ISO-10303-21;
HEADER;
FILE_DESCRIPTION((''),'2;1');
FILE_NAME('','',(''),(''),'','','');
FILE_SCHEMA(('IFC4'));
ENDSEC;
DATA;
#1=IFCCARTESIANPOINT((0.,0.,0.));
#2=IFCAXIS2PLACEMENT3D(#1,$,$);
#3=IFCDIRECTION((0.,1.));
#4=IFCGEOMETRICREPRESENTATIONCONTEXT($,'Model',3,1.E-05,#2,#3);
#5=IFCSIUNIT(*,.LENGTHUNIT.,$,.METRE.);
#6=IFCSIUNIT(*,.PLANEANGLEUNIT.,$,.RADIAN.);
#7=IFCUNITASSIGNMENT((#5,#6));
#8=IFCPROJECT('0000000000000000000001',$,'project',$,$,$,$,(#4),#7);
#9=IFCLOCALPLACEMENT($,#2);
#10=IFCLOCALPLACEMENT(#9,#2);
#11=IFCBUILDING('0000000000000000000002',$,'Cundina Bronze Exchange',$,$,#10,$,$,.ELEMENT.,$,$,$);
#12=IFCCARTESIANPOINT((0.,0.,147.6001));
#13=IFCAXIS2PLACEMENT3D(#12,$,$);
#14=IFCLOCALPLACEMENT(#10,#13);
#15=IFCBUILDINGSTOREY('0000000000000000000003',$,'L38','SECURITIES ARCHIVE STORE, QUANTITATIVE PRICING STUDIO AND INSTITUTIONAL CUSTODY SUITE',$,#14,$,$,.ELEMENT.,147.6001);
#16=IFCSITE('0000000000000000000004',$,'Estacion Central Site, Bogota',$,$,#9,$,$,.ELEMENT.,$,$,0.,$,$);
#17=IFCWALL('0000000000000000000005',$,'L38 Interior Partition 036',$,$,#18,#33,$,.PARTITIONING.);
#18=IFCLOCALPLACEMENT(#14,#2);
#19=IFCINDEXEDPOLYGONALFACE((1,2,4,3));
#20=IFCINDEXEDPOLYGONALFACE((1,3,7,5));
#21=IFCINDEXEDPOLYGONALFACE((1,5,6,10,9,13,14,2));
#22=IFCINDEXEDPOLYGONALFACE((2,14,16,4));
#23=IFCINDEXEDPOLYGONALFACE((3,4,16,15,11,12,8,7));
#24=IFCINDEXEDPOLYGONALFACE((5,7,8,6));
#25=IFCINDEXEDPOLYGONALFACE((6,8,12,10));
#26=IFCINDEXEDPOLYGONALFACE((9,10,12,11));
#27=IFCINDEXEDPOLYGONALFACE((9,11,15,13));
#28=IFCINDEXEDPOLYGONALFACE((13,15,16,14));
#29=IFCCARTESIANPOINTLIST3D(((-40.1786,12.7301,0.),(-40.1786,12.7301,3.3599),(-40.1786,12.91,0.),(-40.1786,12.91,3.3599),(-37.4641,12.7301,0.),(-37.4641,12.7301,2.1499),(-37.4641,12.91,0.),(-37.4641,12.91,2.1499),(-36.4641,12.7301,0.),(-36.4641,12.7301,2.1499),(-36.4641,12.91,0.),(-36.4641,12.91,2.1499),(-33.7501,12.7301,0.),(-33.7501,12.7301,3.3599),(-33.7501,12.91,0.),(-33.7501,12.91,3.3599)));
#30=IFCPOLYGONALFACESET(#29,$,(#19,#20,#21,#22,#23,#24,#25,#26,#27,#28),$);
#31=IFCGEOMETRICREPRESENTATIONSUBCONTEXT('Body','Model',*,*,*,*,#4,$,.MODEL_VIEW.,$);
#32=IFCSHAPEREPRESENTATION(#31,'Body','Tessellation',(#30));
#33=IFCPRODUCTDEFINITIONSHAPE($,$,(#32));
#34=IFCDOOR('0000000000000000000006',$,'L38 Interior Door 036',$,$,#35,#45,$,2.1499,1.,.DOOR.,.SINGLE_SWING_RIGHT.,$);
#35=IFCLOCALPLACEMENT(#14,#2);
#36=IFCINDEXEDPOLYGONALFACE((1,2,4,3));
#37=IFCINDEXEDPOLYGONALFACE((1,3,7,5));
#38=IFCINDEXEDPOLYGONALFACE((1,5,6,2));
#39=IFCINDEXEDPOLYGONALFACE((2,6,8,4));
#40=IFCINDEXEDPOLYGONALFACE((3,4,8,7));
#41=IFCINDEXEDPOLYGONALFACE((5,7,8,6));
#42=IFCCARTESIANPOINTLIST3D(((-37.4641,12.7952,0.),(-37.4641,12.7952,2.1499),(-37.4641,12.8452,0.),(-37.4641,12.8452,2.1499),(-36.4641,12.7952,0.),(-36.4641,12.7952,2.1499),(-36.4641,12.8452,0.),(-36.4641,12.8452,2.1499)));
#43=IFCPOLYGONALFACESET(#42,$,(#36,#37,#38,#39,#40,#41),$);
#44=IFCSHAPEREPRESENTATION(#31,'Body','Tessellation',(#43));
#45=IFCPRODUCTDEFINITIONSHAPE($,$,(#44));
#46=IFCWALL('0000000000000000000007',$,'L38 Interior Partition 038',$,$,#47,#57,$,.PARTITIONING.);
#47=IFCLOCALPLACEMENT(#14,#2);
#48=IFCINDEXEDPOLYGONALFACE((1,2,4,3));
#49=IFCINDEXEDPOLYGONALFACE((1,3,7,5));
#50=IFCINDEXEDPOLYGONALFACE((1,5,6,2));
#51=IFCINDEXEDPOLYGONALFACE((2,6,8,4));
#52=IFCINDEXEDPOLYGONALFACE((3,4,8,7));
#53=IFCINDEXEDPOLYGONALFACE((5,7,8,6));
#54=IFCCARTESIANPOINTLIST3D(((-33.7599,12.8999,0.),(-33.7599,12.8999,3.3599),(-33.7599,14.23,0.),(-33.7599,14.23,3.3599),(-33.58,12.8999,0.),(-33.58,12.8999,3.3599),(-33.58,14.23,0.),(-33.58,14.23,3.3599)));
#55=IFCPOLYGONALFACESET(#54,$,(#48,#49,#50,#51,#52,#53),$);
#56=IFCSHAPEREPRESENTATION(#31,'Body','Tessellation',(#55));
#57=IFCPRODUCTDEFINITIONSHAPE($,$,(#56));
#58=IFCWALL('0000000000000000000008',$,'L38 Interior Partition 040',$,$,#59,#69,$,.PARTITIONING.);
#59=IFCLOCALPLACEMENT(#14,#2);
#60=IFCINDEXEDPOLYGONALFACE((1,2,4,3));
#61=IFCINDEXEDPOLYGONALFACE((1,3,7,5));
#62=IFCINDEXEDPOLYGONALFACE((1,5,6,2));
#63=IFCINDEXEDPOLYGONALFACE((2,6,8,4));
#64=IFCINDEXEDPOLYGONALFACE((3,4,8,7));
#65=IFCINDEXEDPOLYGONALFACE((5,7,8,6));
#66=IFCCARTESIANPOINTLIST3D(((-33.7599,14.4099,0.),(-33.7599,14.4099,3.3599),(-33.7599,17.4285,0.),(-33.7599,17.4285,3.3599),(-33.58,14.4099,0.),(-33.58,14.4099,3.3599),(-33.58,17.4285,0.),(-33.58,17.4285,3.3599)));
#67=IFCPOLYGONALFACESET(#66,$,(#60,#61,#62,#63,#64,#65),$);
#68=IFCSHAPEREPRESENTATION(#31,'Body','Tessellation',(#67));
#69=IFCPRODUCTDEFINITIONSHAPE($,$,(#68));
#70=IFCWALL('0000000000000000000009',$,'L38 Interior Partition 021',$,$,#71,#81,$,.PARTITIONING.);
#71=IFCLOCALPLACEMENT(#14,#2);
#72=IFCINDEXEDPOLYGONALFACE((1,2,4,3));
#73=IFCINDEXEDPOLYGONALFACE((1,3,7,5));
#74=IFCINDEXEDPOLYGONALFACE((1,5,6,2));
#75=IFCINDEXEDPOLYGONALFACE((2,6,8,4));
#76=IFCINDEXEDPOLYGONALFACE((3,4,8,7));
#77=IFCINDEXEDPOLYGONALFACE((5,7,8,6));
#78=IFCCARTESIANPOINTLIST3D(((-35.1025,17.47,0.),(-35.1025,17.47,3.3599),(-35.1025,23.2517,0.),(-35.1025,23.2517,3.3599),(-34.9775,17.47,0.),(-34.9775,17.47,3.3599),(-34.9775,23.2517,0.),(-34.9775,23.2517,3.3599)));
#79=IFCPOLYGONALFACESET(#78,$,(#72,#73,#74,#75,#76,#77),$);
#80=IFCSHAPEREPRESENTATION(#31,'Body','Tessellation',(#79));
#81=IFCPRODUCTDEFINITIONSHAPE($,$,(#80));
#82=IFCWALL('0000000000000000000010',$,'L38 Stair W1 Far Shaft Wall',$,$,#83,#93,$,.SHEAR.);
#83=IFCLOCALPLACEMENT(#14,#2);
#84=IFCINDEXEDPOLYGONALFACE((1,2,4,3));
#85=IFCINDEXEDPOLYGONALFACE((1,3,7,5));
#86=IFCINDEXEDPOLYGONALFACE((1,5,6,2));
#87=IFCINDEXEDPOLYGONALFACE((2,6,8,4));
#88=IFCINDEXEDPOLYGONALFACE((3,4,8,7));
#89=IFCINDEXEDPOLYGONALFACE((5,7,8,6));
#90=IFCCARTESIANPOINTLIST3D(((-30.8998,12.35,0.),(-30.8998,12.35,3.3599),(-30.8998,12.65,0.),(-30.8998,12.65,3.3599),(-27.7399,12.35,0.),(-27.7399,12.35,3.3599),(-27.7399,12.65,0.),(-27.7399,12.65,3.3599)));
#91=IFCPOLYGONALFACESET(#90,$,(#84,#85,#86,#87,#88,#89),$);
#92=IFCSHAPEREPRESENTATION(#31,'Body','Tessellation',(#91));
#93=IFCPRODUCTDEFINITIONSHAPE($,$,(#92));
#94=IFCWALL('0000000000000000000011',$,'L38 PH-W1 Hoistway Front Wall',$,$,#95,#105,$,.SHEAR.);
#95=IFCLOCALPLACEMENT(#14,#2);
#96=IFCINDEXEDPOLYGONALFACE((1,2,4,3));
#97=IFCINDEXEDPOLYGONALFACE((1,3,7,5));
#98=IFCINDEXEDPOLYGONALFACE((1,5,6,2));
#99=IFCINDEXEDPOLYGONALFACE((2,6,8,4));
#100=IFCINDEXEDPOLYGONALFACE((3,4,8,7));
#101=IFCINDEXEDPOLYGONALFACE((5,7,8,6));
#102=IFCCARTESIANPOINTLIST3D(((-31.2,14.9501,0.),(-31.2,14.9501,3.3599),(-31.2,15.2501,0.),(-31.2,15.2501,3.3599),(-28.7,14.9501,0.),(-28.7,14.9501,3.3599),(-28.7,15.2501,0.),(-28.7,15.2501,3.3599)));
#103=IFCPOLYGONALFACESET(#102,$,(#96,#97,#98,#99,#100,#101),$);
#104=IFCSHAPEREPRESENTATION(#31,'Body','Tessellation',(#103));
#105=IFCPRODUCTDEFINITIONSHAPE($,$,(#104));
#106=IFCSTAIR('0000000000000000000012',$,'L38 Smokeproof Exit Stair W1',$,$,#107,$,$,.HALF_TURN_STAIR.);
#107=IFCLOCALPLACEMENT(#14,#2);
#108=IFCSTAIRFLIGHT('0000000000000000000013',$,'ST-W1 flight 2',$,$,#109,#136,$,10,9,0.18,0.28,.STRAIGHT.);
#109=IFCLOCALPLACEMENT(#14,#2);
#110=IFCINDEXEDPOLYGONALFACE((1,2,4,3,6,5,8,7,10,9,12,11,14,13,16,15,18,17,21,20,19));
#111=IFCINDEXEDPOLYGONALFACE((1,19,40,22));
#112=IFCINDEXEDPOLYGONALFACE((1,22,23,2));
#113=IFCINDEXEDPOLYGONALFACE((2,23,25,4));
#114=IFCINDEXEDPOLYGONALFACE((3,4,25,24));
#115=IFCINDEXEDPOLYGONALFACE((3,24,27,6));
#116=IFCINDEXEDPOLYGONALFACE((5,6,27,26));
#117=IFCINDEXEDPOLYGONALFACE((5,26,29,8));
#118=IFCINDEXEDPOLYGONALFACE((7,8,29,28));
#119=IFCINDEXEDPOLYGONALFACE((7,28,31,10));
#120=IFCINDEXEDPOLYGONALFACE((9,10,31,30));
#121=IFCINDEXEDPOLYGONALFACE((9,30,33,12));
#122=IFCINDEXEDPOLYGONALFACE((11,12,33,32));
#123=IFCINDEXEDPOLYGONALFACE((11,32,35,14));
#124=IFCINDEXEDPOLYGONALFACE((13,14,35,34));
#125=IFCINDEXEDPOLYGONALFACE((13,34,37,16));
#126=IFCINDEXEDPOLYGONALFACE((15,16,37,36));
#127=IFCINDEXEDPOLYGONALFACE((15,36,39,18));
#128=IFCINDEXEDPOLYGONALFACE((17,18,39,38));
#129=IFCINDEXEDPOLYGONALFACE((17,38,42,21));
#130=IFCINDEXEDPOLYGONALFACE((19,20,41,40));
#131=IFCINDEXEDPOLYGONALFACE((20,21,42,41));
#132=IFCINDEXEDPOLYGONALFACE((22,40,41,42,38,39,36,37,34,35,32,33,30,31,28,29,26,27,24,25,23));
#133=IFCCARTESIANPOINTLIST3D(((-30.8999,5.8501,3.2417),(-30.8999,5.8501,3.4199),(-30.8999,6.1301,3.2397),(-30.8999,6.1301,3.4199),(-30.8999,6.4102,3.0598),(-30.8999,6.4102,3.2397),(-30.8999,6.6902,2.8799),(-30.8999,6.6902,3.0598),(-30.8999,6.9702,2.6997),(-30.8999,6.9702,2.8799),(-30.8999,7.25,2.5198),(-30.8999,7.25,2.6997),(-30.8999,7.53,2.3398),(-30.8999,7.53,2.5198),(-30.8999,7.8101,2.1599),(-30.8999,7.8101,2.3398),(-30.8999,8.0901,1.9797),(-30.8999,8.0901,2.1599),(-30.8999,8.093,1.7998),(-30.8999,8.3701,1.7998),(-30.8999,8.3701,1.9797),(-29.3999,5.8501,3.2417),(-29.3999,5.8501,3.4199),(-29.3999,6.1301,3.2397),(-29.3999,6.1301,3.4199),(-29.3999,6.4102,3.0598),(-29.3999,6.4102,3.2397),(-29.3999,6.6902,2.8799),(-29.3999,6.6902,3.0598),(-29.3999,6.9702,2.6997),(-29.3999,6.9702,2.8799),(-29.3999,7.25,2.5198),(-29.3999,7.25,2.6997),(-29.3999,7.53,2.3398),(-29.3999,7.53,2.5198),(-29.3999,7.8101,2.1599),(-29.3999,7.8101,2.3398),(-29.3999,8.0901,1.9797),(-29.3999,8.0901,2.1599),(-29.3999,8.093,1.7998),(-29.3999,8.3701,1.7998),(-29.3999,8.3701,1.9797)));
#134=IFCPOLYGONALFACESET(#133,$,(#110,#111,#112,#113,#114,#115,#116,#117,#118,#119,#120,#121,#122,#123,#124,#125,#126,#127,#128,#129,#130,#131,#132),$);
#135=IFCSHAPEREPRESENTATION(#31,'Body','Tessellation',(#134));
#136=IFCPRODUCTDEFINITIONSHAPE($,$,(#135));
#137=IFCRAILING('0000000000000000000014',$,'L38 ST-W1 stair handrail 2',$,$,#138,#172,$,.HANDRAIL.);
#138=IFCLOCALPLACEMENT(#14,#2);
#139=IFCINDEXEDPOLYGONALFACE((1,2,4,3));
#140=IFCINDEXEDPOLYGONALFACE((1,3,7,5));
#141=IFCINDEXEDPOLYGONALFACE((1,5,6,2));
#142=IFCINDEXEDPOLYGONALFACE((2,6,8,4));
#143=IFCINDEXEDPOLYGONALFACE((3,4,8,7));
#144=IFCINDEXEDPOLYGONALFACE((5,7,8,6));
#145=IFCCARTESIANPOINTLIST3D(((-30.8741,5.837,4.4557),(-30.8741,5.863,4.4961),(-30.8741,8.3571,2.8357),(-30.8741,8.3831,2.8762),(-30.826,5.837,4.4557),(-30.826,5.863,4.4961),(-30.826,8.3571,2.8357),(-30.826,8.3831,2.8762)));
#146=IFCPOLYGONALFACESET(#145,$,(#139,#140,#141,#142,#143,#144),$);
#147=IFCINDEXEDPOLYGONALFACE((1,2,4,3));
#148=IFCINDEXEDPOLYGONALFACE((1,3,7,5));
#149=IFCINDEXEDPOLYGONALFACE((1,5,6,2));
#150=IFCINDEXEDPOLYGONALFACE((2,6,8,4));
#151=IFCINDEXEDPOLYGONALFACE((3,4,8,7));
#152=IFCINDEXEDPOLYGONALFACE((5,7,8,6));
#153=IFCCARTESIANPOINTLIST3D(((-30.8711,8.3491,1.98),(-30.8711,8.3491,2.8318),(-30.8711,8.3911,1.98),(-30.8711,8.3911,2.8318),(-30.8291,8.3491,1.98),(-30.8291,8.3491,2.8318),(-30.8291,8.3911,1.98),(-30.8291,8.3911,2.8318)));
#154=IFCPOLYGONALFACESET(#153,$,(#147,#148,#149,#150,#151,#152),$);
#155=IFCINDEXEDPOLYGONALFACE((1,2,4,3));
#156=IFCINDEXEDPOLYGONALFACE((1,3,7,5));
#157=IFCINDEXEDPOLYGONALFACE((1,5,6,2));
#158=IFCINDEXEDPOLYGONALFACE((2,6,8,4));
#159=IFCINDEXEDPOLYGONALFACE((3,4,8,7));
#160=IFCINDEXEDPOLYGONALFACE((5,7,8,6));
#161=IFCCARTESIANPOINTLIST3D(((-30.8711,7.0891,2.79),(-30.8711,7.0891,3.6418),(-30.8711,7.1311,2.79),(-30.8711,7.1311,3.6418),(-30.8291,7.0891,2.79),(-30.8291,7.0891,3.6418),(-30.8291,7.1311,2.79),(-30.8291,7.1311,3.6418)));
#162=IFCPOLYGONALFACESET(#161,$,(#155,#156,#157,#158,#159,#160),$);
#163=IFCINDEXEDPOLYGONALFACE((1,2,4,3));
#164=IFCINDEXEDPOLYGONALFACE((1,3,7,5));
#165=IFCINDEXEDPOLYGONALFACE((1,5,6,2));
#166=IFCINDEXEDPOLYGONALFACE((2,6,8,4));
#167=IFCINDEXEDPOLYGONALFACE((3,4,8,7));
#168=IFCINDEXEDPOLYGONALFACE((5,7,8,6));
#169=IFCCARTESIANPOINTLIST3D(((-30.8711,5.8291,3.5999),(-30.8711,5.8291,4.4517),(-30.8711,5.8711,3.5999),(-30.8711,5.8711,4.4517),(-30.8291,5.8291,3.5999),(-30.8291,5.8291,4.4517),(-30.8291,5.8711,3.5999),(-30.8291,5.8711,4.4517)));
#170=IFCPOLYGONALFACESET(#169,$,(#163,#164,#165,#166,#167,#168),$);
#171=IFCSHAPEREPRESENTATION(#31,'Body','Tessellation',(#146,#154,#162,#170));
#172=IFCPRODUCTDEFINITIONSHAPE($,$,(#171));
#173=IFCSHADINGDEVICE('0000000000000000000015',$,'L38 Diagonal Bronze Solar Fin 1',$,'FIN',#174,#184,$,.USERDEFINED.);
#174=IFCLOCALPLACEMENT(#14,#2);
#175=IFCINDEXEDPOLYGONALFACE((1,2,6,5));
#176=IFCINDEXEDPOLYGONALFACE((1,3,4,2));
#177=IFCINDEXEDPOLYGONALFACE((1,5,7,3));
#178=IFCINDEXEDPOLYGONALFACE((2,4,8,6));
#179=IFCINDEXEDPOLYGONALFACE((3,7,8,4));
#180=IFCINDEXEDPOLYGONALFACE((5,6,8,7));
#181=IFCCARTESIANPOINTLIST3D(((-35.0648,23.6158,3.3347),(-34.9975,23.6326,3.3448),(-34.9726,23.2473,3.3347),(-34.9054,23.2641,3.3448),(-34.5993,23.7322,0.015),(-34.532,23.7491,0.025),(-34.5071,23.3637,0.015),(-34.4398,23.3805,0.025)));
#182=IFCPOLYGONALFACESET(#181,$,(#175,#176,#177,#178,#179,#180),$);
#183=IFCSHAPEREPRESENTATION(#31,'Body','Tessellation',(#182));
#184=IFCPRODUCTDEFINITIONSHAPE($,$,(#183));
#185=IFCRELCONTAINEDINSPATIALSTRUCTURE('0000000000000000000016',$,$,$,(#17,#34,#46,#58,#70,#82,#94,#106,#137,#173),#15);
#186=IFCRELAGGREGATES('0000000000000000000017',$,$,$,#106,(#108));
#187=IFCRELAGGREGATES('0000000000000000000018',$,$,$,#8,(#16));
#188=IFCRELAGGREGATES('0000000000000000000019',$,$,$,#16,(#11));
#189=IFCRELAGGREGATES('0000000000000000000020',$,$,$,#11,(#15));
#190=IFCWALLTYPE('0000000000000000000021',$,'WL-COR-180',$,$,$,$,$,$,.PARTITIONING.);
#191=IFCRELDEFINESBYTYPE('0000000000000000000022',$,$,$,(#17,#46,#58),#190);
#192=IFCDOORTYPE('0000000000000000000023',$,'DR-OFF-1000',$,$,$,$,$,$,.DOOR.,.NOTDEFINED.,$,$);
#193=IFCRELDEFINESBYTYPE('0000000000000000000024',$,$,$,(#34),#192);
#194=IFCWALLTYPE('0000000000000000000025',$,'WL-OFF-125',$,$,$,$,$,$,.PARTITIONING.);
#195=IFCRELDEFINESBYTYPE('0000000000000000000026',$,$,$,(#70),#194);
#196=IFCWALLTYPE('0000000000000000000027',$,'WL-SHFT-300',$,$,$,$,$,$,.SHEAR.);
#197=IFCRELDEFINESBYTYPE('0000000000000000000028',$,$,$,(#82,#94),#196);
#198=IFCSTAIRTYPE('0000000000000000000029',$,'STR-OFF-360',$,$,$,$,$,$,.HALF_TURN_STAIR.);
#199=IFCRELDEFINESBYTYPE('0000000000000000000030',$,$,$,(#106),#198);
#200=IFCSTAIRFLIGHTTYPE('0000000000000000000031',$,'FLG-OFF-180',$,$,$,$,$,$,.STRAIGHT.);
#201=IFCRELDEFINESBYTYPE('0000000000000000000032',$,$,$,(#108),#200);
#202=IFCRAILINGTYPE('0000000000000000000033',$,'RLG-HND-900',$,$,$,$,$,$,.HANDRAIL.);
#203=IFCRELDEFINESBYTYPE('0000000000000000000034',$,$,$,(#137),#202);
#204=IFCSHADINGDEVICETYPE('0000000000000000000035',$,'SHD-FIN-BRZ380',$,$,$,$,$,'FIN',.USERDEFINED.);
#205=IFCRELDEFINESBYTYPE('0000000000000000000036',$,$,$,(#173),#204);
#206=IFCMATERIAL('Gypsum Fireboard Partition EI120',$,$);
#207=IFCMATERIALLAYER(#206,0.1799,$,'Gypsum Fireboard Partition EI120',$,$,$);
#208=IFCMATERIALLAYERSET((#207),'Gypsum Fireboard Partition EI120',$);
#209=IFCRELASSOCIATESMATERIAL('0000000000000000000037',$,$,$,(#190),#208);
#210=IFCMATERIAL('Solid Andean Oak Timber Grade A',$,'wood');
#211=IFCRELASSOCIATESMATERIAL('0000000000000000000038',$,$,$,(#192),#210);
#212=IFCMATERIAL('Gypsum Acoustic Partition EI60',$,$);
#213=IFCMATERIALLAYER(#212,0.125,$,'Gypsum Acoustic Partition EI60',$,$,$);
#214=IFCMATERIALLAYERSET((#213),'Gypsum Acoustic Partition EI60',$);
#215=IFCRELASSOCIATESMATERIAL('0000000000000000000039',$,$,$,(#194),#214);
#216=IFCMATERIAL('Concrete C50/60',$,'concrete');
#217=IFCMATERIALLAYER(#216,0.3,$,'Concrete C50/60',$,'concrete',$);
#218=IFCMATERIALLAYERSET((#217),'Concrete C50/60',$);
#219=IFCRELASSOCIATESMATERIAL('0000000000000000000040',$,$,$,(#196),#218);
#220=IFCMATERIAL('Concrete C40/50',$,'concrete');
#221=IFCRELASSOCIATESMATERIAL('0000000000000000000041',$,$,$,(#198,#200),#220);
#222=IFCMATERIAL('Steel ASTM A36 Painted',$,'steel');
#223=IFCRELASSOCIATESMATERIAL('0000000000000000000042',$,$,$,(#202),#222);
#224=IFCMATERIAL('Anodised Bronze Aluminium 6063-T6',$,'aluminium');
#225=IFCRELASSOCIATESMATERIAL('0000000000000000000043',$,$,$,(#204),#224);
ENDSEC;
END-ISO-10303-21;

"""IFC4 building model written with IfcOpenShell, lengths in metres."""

from ifc_helpers import new_model, si_unit, direction, frame, frame_2d, origin, origin_2d, place, context, subcontext, project, spatial, polyline, rectangle, outline, extrude, material, layer, layer_set, material_profile, profile_set, type_object, element, fill, aggregate, save


model = new_model("IFC4")

# Units and contexts
model_context = context("Model", 3, precision=1e-05, world=origin(), true_north=direction((0.0, 1.0)))
body_context = subcontext(model_context, "Body", "Model", "MODEL_VIEW")
ifc_project = project(units=[si_unit("LENGTHUNIT", "METRE"), si_unit("PLANEANGLEUNIT", "RADIAN")], contexts=[model_context])

# Site, building, storey
site_placement = place(None, origin())
site = spatial("IfcSite", under=ifc_project, at=site_placement, Name="Estacion Central Site, Bogota", CompositionType="ELEMENT", RefElevation=0.0)
building_placement = place(site_placement, origin())
building = spatial("IfcBuilding", under=site, at=building_placement, Name="Cundina Bronze Exchange", CompositionType="ELEMENT")
storey_placement = place(building_placement, frame((0.0, 0.0, 147.6001)))
storey = spatial("IfcBuildingStorey", under=building, at=storey_placement, Name="L38", Description="SECURITIES ARCHIVE STORE, QUANTITATIVE PRICING STUDIO AND INSTITUTIONAL CUSTODY SUITE", CompositionType="ELEMENT", Elevation=147.6001)

# Shared definitions
ifc_material_1 = material(Name="Concrete C50/60", Category="concrete")

# Shared definitions
ifc_material_2 = material(Name="Anodised Bronze Aluminium 6063-T6", Category="aluminium")

# Shared definitions
ifc_material_3 = material(Name="Gypsum Fireboard Partition EI120")
ifc_layer_1 = layer(ifc_material_3, 0.1799, Name="Gypsum Fireboard Partition EI120")
ifc_layer_set_1 = layer_set([ifc_layer_1], Name="Gypsum Fireboard Partition EI120")
wall_type_1 = type_object("IfcWallType", Name="WL-COR-180", PredefinedType="PARTITIONING", material=ifc_layer_set_1)
ifc_material_4 = material(Name="Solid Andean Oak Timber Grade A", Category="wood")
door_type_1 = type_object("IfcDoorType", Name="DR-OFF-1000", OperationType="NOTDEFINED", PredefinedType="DOOR", material=ifc_material_4)

# Wall, opening, door
wall_1_placement = place(storey_placement, frame((-33.75, 12.8201, 0.0), z_axis=(0.0, 0.0, 1.0), x_axis=(-1.0, 0.0, 0.0)))
wall_1 = element("IfcWall", 1, at=wall_1_placement, inside=storey, type_object=wall_type_1, Name="L38 Interior Partition 036", PredefinedType="PARTITIONING", context=body_context, shape_type="SweptSolid", body=[
    extrude(rectangle(XDim=6.4285, YDim=0.1799, at=frame_2d((3.2144, 0.0))), origin(), (0.0, 0.0, 1.0), 3.3599),
])
opening_1_placement = place(wall_1_placement, frame((2.7141, 0.0, 0.0)))
opening_1 = element("IfcOpeningElement", 2, at=opening_1_placement, cuts=wall_1, PredefinedType="OPENING", context=body_context, shape_type="SweptSolid", body=[
    extrude(rectangle(XDim=1.0, YDim=2.1499, at=frame_2d((0.5, 1.075))), frame((0.0, 0.0999, 0.0), z_axis=(0.0, -1.0, 0.0), x_axis=(1.0, 0.0, 0.0)), (0.0, 0.0, 1.0), 0.2),
])
door_1_placement = place(opening_1_placement, origin())
door_1 = element("IfcDoor", 3, at=door_1_placement, inside=storey, type_object=door_type_1, Name="L38 Interior Door 036", OperationType="SINGLE_SWING_RIGHT", OverallHeight=2.1499, OverallWidth=1.0, PredefinedType="DOOR", context=body_context, shape_type="SweptSolid", body=[
    extrude(rectangle(XDim=1.0, YDim=2.1499, at=frame_2d((0.5, 1.075))), frame((0.0, 0.0249, 0.0), z_axis=(0.0, -1.0, 0.0), x_axis=(1.0, 0.0, 0.0)), (0.0, 0.0, 1.0), 0.05),
])
fill(opening_1, door_1)

# Walls
wall_2_placement = place(storey_placement, frame((-33.6699, 14.23, 0.0), z_axis=(0.0, 0.0, 1.0), x_axis=(0.0, -1.0, 0.0)))
element("IfcWall", 4, at=wall_2_placement, inside=storey, type_object=wall_type_1, Name="L38 Interior Partition 038", PredefinedType="PARTITIONING", context=body_context, shape_type="SweptSolid", body=[
    extrude(rectangle(XDim=1.3301, YDim=0.1799, at=frame_2d((0.665, 0.0))), origin(), (0.0, 0.0, 1.0), 3.3599),
])
wall_3_placement = place(storey_placement, frame((-33.6699, 17.4285, 0.0), z_axis=(0.0, 0.0, 1.0), x_axis=(0.0, -1.0, 0.0)))
element("IfcWall", 5, at=wall_3_placement, inside=storey, type_object=wall_type_1, Name="L38 Interior Partition 040", PredefinedType="PARTITIONING", context=body_context, shape_type="SweptSolid", body=[
    extrude(rectangle(XDim=3.0186, YDim=0.1799, at=frame_2d((1.5093, 0.0))), origin(), (0.0, 0.0, 1.0), 3.3599),
])
ifc_material_5 = material(Name="Gypsum Acoustic Partition EI60")
ifc_layer_2 = layer(ifc_material_5, 0.125, Name="Gypsum Acoustic Partition EI60")
ifc_layer_set_2 = layer_set([ifc_layer_2], Name="Gypsum Acoustic Partition EI60")
wall_type_2 = type_object("IfcWallType", Name="WL-OFF-125", PredefinedType="PARTITIONING", material=ifc_layer_set_2)
wall_4_placement = place(storey_placement, frame((-35.04, 17.47, 0.0), z_axis=(0.0, 0.0, 1.0), x_axis=(0.0, 1.0, 0.0)))
element("IfcWall", 6, at=wall_4_placement, inside=storey, type_object=wall_type_2, Name="L38 Interior Partition 021", PredefinedType="PARTITIONING", context=body_context, shape_type="SweptSolid", body=[
    extrude(rectangle(XDim=5.7817, YDim=0.125, at=frame_2d((2.8909, 0.0))), origin(), (0.0, 0.0, 1.0), 3.3599),
])

# Shared definitions
ifc_layer_3 = layer(ifc_material_1, 0.3, Name="Concrete C50/60", Category="concrete")
ifc_layer_set_3 = layer_set([ifc_layer_3], Name="Concrete C50/60")
wall_type_3 = type_object("IfcWallType", Name="WL-SHFT-300", PredefinedType="SHEAR", material=ifc_layer_set_3)
ifc_material_6 = material(Name="Steel ASTM A36 Painted", Category="steel")

# Walls
wall_5_placement = place(storey_placement, frame((-30.8999, 12.5, 0.0), z_axis=(0.0, 0.0, 1.0), x_axis=(1.0, 0.0, 0.0)))
element("IfcWall", 7, at=wall_5_placement, inside=storey, type_object=wall_type_3, Name="L38 Stair W1 Far Shaft Wall", PredefinedType="SHEAR", context=body_context, shape_type="SweptSolid", body=[
    extrude(rectangle(XDim=3.1599, YDim=0.3, at=frame_2d((1.5801, 0.0))), origin(), (0.0, 0.0, 1.0), 3.3599),
])
wall_6_placement = place(storey_placement, frame((-31.2, 15.1001, 0.0), z_axis=(0.0, 0.0, 1.0), x_axis=(1.0, 0.0, 0.0)))
element("IfcWall", 8, at=wall_6_placement, inside=storey, type_object=wall_type_3, Name="L38 PH-W1 Hoistway Front Wall", PredefinedType="SHEAR", context=body_context, shape_type="SweptSolid", body=[
    extrude(rectangle(XDim=2.5, YDim=0.3, at=frame_2d((1.25, 0.0))), origin(), (0.0, 0.0, 1.0), 3.3599),
])

# Stair, stair flight
ifc_material_7 = material(Name="Concrete C40/50", Category="concrete")
stair_type = type_object("IfcStairType", Name="STR-OFF-360", PredefinedType="HALF_TURN_STAIR", material=ifc_material_7)
stair_placement = place(storey_placement, origin())
stair = element("IfcStair", 9, at=stair_placement, inside=storey, type_object=stair_type, Name="L38 Smokeproof Exit Stair W1", PredefinedType="HALF_TURN_STAIR")
stair_flight_type = type_object("IfcStairFlightType", Name="FLG-OFF-180", PredefinedType="STRAIGHT", material=ifc_material_7)
stair_flight_placement = place(storey_placement, frame((-30.1499, 8.3701, 1.7998), z_axis=(0.0, 0.0, 1.0), x_axis=(0.0, -1.0, 0.0)))
stair_flight = element("IfcStairFlight", 10, at=stair_flight_placement, type_object=stair_flight_type, Name="ST-W1 flight 2", NumberOfRisers=10, NumberOfTreads=9, PredefinedType="STRAIGHT", RiserHeight=0.18, TreadLength=0.28, context=body_context, shape_type="SweptSolid", body=[
    extrude(outline(polyline([(0.0, 0.0), (0.0, 0.1799), (0.28, 0.1799), (0.28, 0.3601), (0.5601, 0.3601), (0.5601, 0.54), (0.8401, 0.54), (0.8401, 0.72), (1.1201, 0.72), (1.1201, 0.8999), (1.3999, 0.8999), (1.3999, 1.0801), (1.6799, 1.0801), (1.6799, 1.26), (1.96, 1.26), (1.96, 1.4399), (2.24, 1.4399), (2.24, 1.6201), (2.52, 1.6201), (2.52, 1.8), (2.52, 1.4419), (0.2771, 0.0), (0.0, 0.0)])), frame((0.0, 0.75, 0.0), z_axis=(0.0, -1.0, 0.0), x_axis=(1.0, 0.0, 0.0)), (0.0, 0.0, 1.0), 1.5),
])
aggregate(stair, [stair_flight])

# Railing
railing_type = type_object("IfcRailingType", Name="RLG-HND-900", PredefinedType="HANDRAIL", material=ifc_material_6)
railing_placement = place(storey_placement, frame((-30.8501, 8.3701, 1.98)))
element("IfcRailing", 11, at=railing_placement, inside=storey, type_object=railing_type, Name="L38 ST-W1 stair handrail 2", PredefinedType="HANDRAIL", context=body_context, shape_type="SweptSolid", body=[
    extrude(rectangle(XDim=0.0481, YDim=0.0481, at=origin_2d()), frame((0.0, 0.0, 0.876), z_axis=(0.0, -0.8412, 0.540725), x_axis=(1.0, 0.0, 0.0)), (0.0, 0.0, 1.0), 2.9958),
    extrude(rectangle(XDim=0.042, YDim=0.042, at=origin_2d()), origin(), (0.0, 0.0, 1.0), 0.8518),
    extrude(rectangle(XDim=0.042, YDim=0.042, at=origin_2d()), frame((0.0, -1.26, 0.8101)), (0.0, 0.0, 1.0), 0.8518),
    extrude(rectangle(XDim=0.042, YDim=0.042, at=origin_2d()), frame((0.0, -2.52, 1.6199)), (0.0, 0.0, 1.0), 0.8518),
])

# Shading device
ifc_material_profile_1 = material_profile(ifc_material_2, rectangle(XDim=0.0701, YDim=0.3799, at=origin_2d()), Name="FIN70X380", Category="aluminium")
ifc_profile_set_1 = profile_set([ifc_material_profile_1], Name="Anodised Bronze Aluminium 6063-T6")
shading_device_type = type_object("IfcShadingDeviceType", Name="SHD-FIN-BRZ380", ElementType="FIN", PredefinedType="USERDEFINED", material=ifc_profile_set_1)
shading_device_placement = place(storey_placement, frame((-34.5195, 23.5564, 0.02), z_axis=(-0.138798, -0.034718, 0.989712), x_axis=(0.960132, 0.240159, 0.143075)))
element("IfcShadingDevice", 12, at=shading_device_placement, inside=storey, type_object=shading_device_type, Name="L38 Diagonal Bronze Solar Fin 1", ObjectType="FIN", PredefinedType="USERDEFINED", context=body_context, shape_type="SweptSolid", body=[
    extrude(rectangle(XDim=0.0701, YDim=0.3799, at=origin_2d()), origin(), (0.0, 0.0, 1.0), 3.3542),
])

save(model, "model.ifc")
